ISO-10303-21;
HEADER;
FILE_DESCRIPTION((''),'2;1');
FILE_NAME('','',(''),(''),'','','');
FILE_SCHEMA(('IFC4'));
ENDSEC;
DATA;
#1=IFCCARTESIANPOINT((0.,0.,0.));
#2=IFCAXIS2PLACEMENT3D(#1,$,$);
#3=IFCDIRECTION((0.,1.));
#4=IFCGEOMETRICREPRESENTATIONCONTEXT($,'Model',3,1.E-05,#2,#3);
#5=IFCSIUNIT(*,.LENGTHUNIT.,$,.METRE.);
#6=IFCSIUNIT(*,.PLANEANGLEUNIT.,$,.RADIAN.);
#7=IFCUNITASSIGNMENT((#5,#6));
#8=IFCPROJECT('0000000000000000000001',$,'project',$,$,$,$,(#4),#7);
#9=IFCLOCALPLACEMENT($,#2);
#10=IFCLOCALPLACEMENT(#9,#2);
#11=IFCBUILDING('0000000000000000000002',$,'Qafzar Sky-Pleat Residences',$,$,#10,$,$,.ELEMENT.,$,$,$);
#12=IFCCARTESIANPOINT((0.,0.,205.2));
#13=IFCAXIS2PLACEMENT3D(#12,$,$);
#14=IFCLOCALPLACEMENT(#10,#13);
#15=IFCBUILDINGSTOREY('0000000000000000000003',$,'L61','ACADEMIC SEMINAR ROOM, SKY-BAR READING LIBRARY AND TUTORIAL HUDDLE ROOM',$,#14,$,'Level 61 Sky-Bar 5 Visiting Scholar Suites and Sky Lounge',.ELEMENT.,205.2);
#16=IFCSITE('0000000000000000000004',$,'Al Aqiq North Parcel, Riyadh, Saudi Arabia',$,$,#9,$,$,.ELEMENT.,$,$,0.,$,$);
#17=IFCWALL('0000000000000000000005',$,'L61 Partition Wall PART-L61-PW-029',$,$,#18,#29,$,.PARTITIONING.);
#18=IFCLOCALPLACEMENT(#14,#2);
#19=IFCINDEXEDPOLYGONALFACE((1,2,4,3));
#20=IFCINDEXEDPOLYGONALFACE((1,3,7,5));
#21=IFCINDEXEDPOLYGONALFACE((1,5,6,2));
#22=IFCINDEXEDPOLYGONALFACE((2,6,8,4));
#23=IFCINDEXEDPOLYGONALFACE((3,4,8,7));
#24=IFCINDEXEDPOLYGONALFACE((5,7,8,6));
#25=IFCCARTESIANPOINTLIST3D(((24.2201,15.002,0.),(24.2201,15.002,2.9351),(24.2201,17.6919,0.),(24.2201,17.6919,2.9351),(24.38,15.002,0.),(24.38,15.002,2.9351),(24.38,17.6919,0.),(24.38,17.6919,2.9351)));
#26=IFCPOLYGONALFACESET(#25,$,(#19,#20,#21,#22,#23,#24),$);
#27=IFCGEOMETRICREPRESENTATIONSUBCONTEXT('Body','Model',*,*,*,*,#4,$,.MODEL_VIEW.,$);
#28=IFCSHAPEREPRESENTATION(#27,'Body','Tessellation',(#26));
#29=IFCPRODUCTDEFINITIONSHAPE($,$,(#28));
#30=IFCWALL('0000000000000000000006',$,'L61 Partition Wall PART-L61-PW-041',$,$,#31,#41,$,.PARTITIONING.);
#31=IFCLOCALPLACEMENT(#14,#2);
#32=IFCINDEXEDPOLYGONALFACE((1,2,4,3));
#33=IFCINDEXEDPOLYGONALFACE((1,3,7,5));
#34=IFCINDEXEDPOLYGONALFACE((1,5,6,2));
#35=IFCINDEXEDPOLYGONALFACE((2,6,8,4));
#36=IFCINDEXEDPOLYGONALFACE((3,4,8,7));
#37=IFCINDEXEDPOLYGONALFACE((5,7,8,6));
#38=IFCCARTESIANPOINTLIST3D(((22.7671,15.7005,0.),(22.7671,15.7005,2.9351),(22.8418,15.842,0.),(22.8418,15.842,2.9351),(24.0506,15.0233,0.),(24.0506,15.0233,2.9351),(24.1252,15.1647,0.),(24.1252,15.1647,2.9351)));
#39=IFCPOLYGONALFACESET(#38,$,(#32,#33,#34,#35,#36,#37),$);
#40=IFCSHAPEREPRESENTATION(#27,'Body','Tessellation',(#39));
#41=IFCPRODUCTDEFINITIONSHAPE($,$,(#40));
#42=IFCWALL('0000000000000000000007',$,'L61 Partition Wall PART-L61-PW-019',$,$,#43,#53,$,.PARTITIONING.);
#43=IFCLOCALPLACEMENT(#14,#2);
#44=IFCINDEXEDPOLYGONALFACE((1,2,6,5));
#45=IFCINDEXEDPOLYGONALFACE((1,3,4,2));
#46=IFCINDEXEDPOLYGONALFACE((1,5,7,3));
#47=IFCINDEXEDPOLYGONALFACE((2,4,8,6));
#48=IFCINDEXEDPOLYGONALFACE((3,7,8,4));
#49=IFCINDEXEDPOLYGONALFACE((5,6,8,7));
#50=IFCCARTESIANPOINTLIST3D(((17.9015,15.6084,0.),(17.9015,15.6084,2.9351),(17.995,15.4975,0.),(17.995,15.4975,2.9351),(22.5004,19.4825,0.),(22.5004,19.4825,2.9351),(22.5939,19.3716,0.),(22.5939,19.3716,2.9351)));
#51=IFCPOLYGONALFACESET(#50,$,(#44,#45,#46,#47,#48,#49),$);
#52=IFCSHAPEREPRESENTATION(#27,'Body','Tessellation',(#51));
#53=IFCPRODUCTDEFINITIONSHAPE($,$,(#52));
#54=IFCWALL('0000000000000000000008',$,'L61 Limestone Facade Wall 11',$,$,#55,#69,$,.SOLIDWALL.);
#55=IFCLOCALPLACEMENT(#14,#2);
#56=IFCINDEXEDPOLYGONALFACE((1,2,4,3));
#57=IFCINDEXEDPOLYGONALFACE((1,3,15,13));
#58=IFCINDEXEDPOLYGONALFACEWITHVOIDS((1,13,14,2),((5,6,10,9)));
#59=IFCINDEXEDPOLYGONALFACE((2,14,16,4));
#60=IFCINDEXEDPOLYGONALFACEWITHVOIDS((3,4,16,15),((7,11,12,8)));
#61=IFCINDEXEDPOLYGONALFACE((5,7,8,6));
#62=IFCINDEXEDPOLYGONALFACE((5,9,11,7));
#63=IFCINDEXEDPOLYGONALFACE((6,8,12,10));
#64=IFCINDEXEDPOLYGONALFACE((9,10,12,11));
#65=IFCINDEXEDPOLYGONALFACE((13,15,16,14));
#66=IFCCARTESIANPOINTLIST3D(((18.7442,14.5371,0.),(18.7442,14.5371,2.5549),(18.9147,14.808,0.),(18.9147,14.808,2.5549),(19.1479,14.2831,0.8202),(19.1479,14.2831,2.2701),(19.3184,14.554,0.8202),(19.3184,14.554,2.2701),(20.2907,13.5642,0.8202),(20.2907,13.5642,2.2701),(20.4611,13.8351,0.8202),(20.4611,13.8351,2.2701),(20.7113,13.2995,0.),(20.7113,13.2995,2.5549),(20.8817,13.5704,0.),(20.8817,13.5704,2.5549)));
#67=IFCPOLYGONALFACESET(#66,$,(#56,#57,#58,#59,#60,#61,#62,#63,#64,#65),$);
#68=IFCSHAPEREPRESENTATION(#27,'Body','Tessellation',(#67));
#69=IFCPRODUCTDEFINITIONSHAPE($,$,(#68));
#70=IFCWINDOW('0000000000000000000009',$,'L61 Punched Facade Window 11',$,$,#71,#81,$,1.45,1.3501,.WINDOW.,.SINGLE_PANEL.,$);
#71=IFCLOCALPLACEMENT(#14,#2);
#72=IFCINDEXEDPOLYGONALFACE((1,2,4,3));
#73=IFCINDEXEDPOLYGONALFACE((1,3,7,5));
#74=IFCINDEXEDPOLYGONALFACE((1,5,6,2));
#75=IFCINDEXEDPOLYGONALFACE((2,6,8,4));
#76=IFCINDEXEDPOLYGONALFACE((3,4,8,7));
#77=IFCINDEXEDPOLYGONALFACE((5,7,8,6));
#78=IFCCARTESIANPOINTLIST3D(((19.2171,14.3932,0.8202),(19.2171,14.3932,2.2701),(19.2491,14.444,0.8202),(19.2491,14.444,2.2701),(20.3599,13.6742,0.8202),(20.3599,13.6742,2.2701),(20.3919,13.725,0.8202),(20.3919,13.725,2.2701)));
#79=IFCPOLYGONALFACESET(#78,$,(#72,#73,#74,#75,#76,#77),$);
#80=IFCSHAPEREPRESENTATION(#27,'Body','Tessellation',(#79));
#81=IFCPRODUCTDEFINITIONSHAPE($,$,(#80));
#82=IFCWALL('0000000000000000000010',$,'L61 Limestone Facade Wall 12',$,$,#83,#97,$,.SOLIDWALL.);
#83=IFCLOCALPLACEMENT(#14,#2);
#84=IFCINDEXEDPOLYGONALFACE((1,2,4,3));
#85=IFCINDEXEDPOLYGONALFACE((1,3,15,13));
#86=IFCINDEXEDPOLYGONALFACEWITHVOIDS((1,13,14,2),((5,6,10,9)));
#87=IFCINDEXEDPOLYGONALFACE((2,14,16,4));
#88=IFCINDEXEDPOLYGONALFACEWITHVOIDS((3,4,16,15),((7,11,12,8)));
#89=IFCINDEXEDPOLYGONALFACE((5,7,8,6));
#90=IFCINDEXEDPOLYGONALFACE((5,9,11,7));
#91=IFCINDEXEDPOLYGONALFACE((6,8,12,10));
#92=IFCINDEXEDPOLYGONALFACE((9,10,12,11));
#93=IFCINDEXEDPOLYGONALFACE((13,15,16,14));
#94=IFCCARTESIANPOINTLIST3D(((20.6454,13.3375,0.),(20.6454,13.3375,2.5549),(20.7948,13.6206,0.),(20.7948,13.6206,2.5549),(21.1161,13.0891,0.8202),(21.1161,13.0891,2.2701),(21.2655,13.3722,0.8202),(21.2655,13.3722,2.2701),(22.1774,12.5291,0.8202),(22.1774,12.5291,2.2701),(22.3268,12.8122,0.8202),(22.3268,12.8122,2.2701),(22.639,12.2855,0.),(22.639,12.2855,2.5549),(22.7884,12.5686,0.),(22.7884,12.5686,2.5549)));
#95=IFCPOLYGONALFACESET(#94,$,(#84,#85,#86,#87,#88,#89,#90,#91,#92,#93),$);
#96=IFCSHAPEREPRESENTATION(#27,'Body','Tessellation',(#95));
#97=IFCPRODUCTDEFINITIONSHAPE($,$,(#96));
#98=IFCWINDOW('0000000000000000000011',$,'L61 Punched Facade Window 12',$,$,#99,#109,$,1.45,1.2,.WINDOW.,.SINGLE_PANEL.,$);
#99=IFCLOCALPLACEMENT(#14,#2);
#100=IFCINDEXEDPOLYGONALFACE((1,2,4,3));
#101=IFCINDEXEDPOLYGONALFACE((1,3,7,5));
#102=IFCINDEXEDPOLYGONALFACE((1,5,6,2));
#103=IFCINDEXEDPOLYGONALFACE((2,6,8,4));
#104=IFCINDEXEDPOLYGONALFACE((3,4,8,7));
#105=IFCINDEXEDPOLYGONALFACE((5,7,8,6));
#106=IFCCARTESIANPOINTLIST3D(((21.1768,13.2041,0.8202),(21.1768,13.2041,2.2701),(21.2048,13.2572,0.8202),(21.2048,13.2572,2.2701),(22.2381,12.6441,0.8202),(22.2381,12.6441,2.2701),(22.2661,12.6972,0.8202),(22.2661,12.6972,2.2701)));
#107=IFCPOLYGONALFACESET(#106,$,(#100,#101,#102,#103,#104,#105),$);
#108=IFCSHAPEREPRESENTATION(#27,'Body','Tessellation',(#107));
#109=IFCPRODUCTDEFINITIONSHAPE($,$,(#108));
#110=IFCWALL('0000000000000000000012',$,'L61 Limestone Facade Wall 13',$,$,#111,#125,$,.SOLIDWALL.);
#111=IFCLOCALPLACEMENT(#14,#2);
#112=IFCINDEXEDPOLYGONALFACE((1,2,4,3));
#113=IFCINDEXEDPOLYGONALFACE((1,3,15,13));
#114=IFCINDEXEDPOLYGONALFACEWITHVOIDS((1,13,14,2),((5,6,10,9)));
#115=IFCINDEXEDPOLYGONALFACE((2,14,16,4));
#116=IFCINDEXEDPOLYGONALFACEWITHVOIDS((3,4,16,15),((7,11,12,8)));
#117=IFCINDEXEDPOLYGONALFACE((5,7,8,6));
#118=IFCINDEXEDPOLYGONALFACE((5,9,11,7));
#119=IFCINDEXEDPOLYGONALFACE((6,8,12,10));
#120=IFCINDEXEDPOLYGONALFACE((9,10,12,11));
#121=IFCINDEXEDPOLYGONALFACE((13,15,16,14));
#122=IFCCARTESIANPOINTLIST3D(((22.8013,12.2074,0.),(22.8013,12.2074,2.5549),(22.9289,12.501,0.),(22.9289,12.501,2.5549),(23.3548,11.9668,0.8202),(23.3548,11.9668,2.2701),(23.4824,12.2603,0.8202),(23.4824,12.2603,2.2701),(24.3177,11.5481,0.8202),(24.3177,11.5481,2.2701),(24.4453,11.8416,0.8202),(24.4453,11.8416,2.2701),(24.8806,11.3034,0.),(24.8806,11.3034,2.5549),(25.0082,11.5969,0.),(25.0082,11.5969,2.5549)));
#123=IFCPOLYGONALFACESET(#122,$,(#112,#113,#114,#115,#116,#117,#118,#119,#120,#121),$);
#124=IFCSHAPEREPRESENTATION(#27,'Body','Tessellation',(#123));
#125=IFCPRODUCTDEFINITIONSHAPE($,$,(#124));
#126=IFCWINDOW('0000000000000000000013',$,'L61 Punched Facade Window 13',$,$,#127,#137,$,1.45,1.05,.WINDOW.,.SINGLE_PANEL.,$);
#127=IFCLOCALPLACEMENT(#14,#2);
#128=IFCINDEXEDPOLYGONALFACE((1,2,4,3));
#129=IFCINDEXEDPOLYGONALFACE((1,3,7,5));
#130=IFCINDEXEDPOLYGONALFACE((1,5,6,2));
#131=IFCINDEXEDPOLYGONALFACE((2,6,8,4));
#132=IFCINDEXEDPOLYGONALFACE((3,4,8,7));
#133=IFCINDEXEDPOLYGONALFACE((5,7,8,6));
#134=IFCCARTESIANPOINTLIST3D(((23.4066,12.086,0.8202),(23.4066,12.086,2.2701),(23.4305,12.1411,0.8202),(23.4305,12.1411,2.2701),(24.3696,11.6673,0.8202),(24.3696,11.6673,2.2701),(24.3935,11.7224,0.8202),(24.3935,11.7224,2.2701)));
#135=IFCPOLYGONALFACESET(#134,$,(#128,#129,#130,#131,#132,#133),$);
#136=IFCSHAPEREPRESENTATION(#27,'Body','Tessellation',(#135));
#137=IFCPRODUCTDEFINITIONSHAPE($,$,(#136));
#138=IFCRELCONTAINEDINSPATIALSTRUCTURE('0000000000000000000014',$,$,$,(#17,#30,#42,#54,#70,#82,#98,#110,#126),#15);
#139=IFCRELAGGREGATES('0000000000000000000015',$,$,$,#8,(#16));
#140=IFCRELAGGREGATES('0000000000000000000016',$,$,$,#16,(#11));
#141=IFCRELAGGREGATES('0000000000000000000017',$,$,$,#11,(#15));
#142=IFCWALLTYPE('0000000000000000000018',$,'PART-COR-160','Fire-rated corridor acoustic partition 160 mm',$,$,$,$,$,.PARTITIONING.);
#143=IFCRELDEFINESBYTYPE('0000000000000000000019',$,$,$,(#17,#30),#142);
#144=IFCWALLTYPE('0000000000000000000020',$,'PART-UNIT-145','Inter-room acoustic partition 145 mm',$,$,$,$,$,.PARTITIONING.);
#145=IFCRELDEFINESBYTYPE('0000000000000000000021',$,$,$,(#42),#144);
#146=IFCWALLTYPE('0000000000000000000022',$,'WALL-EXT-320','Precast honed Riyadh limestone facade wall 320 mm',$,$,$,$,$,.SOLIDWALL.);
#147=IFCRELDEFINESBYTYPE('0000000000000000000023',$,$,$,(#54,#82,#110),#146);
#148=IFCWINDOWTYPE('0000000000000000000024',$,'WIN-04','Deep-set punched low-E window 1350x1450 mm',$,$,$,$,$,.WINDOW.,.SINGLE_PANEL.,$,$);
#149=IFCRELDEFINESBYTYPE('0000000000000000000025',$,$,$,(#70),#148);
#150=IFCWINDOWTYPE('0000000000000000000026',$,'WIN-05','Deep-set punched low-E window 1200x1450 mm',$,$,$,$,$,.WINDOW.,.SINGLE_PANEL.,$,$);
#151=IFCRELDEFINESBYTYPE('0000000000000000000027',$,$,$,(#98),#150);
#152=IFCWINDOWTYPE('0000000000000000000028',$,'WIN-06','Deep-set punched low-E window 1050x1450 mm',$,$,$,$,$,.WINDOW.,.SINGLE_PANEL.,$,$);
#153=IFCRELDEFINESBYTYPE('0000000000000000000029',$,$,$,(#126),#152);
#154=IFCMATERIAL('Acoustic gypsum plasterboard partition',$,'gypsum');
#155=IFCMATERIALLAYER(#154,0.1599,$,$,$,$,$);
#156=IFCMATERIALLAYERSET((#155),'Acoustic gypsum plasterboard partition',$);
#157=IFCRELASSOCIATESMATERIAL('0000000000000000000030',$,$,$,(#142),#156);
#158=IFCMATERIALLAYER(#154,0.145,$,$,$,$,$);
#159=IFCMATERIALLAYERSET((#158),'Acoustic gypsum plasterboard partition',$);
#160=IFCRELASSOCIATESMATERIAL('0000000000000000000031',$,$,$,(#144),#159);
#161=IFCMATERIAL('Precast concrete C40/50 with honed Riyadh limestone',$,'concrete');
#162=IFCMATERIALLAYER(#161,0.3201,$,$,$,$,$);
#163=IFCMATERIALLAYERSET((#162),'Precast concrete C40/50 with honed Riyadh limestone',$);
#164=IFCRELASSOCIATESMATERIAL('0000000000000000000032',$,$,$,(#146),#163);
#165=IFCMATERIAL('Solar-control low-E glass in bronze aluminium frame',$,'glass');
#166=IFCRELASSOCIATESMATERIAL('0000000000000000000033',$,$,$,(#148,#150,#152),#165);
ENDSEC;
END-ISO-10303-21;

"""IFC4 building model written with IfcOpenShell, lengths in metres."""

from ifc_helpers import new_model, si_unit, direction, frame, frame_2d, origin, place, context, subcontext, project, spatial, rectangle, extrude, source, transform, mapped, material, layer, layer_set, type_object, element, fill, save


model = new_model("IFC4")

# Units and contexts
model_context = context("Model", 3, precision=1e-05, world=origin(), true_north=direction((0.0, 1.0)))
body_context = subcontext(model_context, "Body", "Model", "MODEL_VIEW")
ifc_project = project(units=[si_unit("LENGTHUNIT", "METRE"), si_unit("PLANEANGLEUNIT", "RADIAN")], contexts=[model_context])

# Site, building, storey
site_placement = place(None, origin())
site = spatial("IfcSite", under=ifc_project, at=site_placement, Name="Al Aqiq North Parcel, Riyadh, Saudi Arabia", CompositionType="ELEMENT", RefElevation=0.0)
building_placement = place(site_placement, origin())
building = spatial("IfcBuilding", under=site, at=building_placement, Name="Qafzar Sky-Pleat Residences", CompositionType="ELEMENT")
storey_placement = place(building_placement, frame((0.0, 0.0, 205.2)))
storey = spatial("IfcBuildingStorey", under=building, at=storey_placement, Name="L61", Description="ACADEMIC SEMINAR ROOM, SKY-BAR READING LIBRARY AND TUTORIAL HUDDLE ROOM", LongName="Level 61 Sky-Bar 5 Visiting Scholar Suites and Sky Lounge", CompositionType="ELEMENT", Elevation=205.2)

# Shared definitions
ifc_material_1 = material(Name="Acoustic gypsum plasterboard partition", Category="gypsum")
ifc_layer_1 = layer(ifc_material_1, 0.1599)
ifc_layer_set_1 = layer_set([ifc_layer_1], Name="Acoustic gypsum plasterboard partition")
wall_type_1 = type_object("IfcWallType", Name="PART-COR-160", Description="Fire-rated corridor acoustic partition 160 mm", PredefinedType="PARTITIONING", material=ifc_layer_set_1)

# Walls
wall_1_placement = place(storey_placement, frame((24.3, 15.002, 0.0), z_axis=(0.0, 0.0, 1.0), x_axis=(0.0, 1.0, 0.0)))
element("IfcWall", 1, at=wall_1_placement, inside=storey, type_object=wall_type_1, Name="L61 Partition Wall PART-L61-PW-029", PredefinedType="PARTITIONING", context=body_context, shape_type="SweptSolid", body=[
    extrude(rectangle(XDim=2.6899, YDim=0.1599, at=frame_2d((1.345, 0.0))), origin(), (0.0, 0.0, 1.0), 2.9351),
])
wall_2_placement = place(storey_placement, frame((22.8044, 15.7712, 0.0), z_axis=(0.0, 0.0, 1.0), x_axis=(0.884421, -0.466689, 0.0)))
element("IfcWall", 2, at=wall_2_placement, inside=storey, type_object=wall_type_1, Name="L61 Partition Wall PART-L61-PW-041", PredefinedType="PARTITIONING", context=body_context, shape_type="SweptSolid", body=[
    extrude(rectangle(XDim=1.4512, YDim=0.1599, at=frame_2d((0.7256, 0.0))), origin(), (0.0, 0.0, 1.0), 2.9351),
])
ifc_layer_2 = layer(ifc_material_1, 0.145)
ifc_layer_set_2 = layer_set([ifc_layer_2], Name="Acoustic gypsum plasterboard partition")
wall_type_2 = type_object("IfcWallType", Name="PART-UNIT-145", Description="Inter-room acoustic partition 145 mm", PredefinedType="PARTITIONING", material=ifc_layer_set_2)
wall_3_placement = place(storey_placement, frame((17.9482, 15.553, 0.0), z_axis=(0.0, 0.0, 1.0), x_axis=(0.764806, 0.644261, 0.0)))
element("IfcWall", 3, at=wall_3_placement, inside=storey, type_object=wall_type_2, Name="L61 Partition Wall PART-L61-PW-019", PredefinedType="PARTITIONING", context=body_context, shape_type="SweptSolid", body=[
    extrude(rectangle(XDim=6.0132, YDim=0.145, at=frame_2d((3.0066, 0.0))), origin(), (0.0, 0.0, 1.0), 2.9351),
])

# Walls, openings, windows
ifc_material_2 = material(Name="Precast concrete C40/50 with honed Riyadh limestone", Category="concrete")
ifc_layer_3 = layer(ifc_material_2, 0.3201)
ifc_layer_set_3 = layer_set([ifc_layer_3], Name="Precast concrete C40/50 with honed Riyadh limestone")
wall_type_3 = type_object("IfcWallType", Name="WALL-EXT-320", Description="Precast honed Riyadh limestone facade wall 320 mm", PredefinedType="SOLIDWALL", material=ifc_layer_set_3)
wall_4_placement = place(storey_placement, frame((18.8293, 14.6726, 0.0), z_axis=(0.0, 0.0, 1.0), x_axis=(0.846419, -0.532518, 0.0)))
wall_4 = element("IfcWall", 4, at=wall_4_placement, inside=storey, type_object=wall_type_3, Name="L61 Limestone Facade Wall 11", PredefinedType="SOLIDWALL", context=body_context, shape_type="SweptSolid", body=[
    extrude(rectangle(XDim=2.324, YDim=0.3201, at=frame_2d((1.1621, 0.0))), origin(), (0.0, 0.0, 1.0), 2.5549),
])
opening_1_placement = place(wall_4_placement, frame((0.4771, 0.0, 0.8201)))
opening_1 = element("IfcOpeningElement", 5, at=opening_1_placement, cuts=wall_4, PredefinedType="OPENING", context=body_context, shape_type="SweptSolid", body=[
    extrude(rectangle(XDim=1.3501, YDim=1.45, at=frame_2d((0.675, 0.7251))), frame((0.0, 0.1699, 0.0), z_axis=(0.0, -1.0, 0.0), x_axis=(1.0, 0.0, 0.0)), (0.0, 0.0, 1.0), 0.3401),
])
ifc_material_3 = material(Name="Solar-control low-E glass in bronze aluminium frame", Category="glass")
window_type_1 = type_object("IfcWindowType", Name="WIN-04", Description="Deep-set punched low-E window 1350x1450 mm", PartitioningType="SINGLE_PANEL", PredefinedType="WINDOW", material=ifc_material_3)
shared_shape_1 = source(origin(), body_context, "Body", "SweptSolid", [
    extrude(rectangle(XDim=1.3501, YDim=1.45, at=frame_2d((0.675, 0.7251))), frame((0.0, 0.03, 0.0), z_axis=(0.0, -1.0, 0.0), x_axis=(1.0, 0.0, 0.0)), (0.0, 0.0, 1.0), 0.0601),
])
window_1_placement = place(opening_1_placement, origin())
window_1 = element("IfcWindow", 6, at=window_1_placement, inside=storey, type_object=window_type_1, Name="L61 Punched Facade Window 11", OverallHeight=1.45, OverallWidth=1.3501, PartitioningType="SINGLE_PANEL", PredefinedType="WINDOW", context=body_context, shape_type="MappedRepresentation", body=[
    mapped(shared_shape_1, transform((0.0, 0.0, 0.0), x_axis=(1.0, 0.0, 0.0), y_axis=(0.0, 1.0, 0.0), z_axis=(0.0, 0.0, 1.0), scale=1.0)),
])
fill(opening_1, window_1)
wall_5_placement = place(storey_placement, frame((20.7202, 13.479, 0.0), z_axis=(0.0, 0.0, 1.0), x_axis=(0.884422, -0.466688, 0.0)))
wall_5 = element("IfcWall", 7, at=wall_5_placement, inside=storey, type_object=wall_type_3, Name="L61 Limestone Facade Wall 12", PredefinedType="SOLIDWALL", context=body_context, shape_type="SweptSolid", body=[
    extrude(rectangle(XDim=2.2542, YDim=0.3201, at=frame_2d((1.127, 0.0))), origin(), (0.0, 0.0, 1.0), 2.5549),
])
opening_2_placement = place(wall_5_placement, frame((0.532, 0.0, 0.8201)))
opening_2 = element("IfcOpeningElement", 8, at=opening_2_placement, cuts=wall_5, PredefinedType="OPENING", context=body_context, shape_type="SweptSolid", body=[
    extrude(rectangle(XDim=1.2, YDim=1.45, at=frame_2d((0.6001, 0.7251))), frame((0.0, 0.1699, 0.0), z_axis=(0.0, -1.0, 0.0), x_axis=(1.0, 0.0, 0.0)), (0.0, 0.0, 1.0), 0.3401),
])
window_type_2 = type_object("IfcWindowType", Name="WIN-05", Description="Deep-set punched low-E window 1200x1450 mm", PartitioningType="SINGLE_PANEL", PredefinedType="WINDOW", material=ifc_material_3)
shared_shape_2 = source(origin(), body_context, "Body", "SweptSolid", [
    extrude(rectangle(XDim=1.2, YDim=1.45, at=frame_2d((0.6001, 0.7251))), frame((0.0, 0.03, 0.0), z_axis=(0.0, -1.0, 0.0), x_axis=(1.0, 0.0, 0.0)), (0.0, 0.0, 1.0), 0.0601),
])
window_2_placement = place(opening_2_placement, origin())
window_2 = element("IfcWindow", 9, at=window_2_placement, inside=storey, type_object=window_type_2, Name="L61 Punched Facade Window 12", OverallHeight=1.45, OverallWidth=1.2, PartitioningType="SINGLE_PANEL", PredefinedType="WINDOW", context=body_context, shape_type="MappedRepresentation", body=[
    mapped(shared_shape_2, transform((0.0, 0.0, 0.0), x_axis=(1.0, 0.0, 0.0), y_axis=(0.0, 1.0, 0.0), z_axis=(0.0, 0.0, 1.0), scale=1.0)),
])
fill(opening_2, window_2)
wall_6_placement = place(storey_placement, frame((22.865, 12.3542, 0.0), z_axis=(0.0, 0.0, 1.0), x_axis=(0.917072, -0.398722, 0.0)))
wall_6 = element("IfcWall", 10, at=wall_6_placement, inside=storey, type_object=wall_type_3, Name="L61 Limestone Facade Wall 13", PredefinedType="SOLIDWALL", context=body_context, shape_type="SweptSolid", body=[
    extrude(rectangle(XDim=2.2673, YDim=0.3201, at=frame_2d((1.1338, 0.0))), origin(), (0.0, 0.0, 1.0), 2.5549),
])
opening_3_placement = place(wall_6_placement, frame((0.6038, 0.0, 0.8201)))
opening_3 = element("IfcOpeningElement", 11, at=opening_3_placement, cuts=wall_6, PredefinedType="OPENING", context=body_context, shape_type="SweptSolid", body=[
    extrude(rectangle(XDim=1.05, YDim=1.45, at=frame_2d((0.5249, 0.7251))), frame((0.0, 0.1699, 0.0), z_axis=(0.0, -1.0, 0.0), x_axis=(1.0, 0.0, 0.0)), (0.0, 0.0, 1.0), 0.3401),
])
window_type_3 = type_object("IfcWindowType", Name="WIN-06", Description="Deep-set punched low-E window 1050x1450 mm", PartitioningType="SINGLE_PANEL", PredefinedType="WINDOW", material=ifc_material_3)
shared_shape_3 = source(origin(), body_context, "Body", "SweptSolid", [
    extrude(rectangle(XDim=1.05, YDim=1.45, at=frame_2d((0.5249, 0.7251))), frame((0.0, 0.03, 0.0), z_axis=(0.0, -1.0, 0.0), x_axis=(1.0, 0.0, 0.0)), (0.0, 0.0, 1.0), 0.0601),
])
window_3_placement = place(opening_3_placement, origin())
window_3 = element("IfcWindow", 12, at=window_3_placement, inside=storey, type_object=window_type_3, Name="L61 Punched Facade Window 13", OverallHeight=1.45, OverallWidth=1.05, PartitioningType="SINGLE_PANEL", PredefinedType="WINDOW", context=body_context, shape_type="MappedRepresentation", body=[
    mapped(shared_shape_3, transform((0.0, 0.0, 0.0), x_axis=(1.0, 0.0, 0.0), y_axis=(0.0, 1.0, 0.0), z_axis=(0.0, 0.0, 1.0), scale=1.0)),
])
fill(opening_3, window_3)

save(model, "model.ifc")
